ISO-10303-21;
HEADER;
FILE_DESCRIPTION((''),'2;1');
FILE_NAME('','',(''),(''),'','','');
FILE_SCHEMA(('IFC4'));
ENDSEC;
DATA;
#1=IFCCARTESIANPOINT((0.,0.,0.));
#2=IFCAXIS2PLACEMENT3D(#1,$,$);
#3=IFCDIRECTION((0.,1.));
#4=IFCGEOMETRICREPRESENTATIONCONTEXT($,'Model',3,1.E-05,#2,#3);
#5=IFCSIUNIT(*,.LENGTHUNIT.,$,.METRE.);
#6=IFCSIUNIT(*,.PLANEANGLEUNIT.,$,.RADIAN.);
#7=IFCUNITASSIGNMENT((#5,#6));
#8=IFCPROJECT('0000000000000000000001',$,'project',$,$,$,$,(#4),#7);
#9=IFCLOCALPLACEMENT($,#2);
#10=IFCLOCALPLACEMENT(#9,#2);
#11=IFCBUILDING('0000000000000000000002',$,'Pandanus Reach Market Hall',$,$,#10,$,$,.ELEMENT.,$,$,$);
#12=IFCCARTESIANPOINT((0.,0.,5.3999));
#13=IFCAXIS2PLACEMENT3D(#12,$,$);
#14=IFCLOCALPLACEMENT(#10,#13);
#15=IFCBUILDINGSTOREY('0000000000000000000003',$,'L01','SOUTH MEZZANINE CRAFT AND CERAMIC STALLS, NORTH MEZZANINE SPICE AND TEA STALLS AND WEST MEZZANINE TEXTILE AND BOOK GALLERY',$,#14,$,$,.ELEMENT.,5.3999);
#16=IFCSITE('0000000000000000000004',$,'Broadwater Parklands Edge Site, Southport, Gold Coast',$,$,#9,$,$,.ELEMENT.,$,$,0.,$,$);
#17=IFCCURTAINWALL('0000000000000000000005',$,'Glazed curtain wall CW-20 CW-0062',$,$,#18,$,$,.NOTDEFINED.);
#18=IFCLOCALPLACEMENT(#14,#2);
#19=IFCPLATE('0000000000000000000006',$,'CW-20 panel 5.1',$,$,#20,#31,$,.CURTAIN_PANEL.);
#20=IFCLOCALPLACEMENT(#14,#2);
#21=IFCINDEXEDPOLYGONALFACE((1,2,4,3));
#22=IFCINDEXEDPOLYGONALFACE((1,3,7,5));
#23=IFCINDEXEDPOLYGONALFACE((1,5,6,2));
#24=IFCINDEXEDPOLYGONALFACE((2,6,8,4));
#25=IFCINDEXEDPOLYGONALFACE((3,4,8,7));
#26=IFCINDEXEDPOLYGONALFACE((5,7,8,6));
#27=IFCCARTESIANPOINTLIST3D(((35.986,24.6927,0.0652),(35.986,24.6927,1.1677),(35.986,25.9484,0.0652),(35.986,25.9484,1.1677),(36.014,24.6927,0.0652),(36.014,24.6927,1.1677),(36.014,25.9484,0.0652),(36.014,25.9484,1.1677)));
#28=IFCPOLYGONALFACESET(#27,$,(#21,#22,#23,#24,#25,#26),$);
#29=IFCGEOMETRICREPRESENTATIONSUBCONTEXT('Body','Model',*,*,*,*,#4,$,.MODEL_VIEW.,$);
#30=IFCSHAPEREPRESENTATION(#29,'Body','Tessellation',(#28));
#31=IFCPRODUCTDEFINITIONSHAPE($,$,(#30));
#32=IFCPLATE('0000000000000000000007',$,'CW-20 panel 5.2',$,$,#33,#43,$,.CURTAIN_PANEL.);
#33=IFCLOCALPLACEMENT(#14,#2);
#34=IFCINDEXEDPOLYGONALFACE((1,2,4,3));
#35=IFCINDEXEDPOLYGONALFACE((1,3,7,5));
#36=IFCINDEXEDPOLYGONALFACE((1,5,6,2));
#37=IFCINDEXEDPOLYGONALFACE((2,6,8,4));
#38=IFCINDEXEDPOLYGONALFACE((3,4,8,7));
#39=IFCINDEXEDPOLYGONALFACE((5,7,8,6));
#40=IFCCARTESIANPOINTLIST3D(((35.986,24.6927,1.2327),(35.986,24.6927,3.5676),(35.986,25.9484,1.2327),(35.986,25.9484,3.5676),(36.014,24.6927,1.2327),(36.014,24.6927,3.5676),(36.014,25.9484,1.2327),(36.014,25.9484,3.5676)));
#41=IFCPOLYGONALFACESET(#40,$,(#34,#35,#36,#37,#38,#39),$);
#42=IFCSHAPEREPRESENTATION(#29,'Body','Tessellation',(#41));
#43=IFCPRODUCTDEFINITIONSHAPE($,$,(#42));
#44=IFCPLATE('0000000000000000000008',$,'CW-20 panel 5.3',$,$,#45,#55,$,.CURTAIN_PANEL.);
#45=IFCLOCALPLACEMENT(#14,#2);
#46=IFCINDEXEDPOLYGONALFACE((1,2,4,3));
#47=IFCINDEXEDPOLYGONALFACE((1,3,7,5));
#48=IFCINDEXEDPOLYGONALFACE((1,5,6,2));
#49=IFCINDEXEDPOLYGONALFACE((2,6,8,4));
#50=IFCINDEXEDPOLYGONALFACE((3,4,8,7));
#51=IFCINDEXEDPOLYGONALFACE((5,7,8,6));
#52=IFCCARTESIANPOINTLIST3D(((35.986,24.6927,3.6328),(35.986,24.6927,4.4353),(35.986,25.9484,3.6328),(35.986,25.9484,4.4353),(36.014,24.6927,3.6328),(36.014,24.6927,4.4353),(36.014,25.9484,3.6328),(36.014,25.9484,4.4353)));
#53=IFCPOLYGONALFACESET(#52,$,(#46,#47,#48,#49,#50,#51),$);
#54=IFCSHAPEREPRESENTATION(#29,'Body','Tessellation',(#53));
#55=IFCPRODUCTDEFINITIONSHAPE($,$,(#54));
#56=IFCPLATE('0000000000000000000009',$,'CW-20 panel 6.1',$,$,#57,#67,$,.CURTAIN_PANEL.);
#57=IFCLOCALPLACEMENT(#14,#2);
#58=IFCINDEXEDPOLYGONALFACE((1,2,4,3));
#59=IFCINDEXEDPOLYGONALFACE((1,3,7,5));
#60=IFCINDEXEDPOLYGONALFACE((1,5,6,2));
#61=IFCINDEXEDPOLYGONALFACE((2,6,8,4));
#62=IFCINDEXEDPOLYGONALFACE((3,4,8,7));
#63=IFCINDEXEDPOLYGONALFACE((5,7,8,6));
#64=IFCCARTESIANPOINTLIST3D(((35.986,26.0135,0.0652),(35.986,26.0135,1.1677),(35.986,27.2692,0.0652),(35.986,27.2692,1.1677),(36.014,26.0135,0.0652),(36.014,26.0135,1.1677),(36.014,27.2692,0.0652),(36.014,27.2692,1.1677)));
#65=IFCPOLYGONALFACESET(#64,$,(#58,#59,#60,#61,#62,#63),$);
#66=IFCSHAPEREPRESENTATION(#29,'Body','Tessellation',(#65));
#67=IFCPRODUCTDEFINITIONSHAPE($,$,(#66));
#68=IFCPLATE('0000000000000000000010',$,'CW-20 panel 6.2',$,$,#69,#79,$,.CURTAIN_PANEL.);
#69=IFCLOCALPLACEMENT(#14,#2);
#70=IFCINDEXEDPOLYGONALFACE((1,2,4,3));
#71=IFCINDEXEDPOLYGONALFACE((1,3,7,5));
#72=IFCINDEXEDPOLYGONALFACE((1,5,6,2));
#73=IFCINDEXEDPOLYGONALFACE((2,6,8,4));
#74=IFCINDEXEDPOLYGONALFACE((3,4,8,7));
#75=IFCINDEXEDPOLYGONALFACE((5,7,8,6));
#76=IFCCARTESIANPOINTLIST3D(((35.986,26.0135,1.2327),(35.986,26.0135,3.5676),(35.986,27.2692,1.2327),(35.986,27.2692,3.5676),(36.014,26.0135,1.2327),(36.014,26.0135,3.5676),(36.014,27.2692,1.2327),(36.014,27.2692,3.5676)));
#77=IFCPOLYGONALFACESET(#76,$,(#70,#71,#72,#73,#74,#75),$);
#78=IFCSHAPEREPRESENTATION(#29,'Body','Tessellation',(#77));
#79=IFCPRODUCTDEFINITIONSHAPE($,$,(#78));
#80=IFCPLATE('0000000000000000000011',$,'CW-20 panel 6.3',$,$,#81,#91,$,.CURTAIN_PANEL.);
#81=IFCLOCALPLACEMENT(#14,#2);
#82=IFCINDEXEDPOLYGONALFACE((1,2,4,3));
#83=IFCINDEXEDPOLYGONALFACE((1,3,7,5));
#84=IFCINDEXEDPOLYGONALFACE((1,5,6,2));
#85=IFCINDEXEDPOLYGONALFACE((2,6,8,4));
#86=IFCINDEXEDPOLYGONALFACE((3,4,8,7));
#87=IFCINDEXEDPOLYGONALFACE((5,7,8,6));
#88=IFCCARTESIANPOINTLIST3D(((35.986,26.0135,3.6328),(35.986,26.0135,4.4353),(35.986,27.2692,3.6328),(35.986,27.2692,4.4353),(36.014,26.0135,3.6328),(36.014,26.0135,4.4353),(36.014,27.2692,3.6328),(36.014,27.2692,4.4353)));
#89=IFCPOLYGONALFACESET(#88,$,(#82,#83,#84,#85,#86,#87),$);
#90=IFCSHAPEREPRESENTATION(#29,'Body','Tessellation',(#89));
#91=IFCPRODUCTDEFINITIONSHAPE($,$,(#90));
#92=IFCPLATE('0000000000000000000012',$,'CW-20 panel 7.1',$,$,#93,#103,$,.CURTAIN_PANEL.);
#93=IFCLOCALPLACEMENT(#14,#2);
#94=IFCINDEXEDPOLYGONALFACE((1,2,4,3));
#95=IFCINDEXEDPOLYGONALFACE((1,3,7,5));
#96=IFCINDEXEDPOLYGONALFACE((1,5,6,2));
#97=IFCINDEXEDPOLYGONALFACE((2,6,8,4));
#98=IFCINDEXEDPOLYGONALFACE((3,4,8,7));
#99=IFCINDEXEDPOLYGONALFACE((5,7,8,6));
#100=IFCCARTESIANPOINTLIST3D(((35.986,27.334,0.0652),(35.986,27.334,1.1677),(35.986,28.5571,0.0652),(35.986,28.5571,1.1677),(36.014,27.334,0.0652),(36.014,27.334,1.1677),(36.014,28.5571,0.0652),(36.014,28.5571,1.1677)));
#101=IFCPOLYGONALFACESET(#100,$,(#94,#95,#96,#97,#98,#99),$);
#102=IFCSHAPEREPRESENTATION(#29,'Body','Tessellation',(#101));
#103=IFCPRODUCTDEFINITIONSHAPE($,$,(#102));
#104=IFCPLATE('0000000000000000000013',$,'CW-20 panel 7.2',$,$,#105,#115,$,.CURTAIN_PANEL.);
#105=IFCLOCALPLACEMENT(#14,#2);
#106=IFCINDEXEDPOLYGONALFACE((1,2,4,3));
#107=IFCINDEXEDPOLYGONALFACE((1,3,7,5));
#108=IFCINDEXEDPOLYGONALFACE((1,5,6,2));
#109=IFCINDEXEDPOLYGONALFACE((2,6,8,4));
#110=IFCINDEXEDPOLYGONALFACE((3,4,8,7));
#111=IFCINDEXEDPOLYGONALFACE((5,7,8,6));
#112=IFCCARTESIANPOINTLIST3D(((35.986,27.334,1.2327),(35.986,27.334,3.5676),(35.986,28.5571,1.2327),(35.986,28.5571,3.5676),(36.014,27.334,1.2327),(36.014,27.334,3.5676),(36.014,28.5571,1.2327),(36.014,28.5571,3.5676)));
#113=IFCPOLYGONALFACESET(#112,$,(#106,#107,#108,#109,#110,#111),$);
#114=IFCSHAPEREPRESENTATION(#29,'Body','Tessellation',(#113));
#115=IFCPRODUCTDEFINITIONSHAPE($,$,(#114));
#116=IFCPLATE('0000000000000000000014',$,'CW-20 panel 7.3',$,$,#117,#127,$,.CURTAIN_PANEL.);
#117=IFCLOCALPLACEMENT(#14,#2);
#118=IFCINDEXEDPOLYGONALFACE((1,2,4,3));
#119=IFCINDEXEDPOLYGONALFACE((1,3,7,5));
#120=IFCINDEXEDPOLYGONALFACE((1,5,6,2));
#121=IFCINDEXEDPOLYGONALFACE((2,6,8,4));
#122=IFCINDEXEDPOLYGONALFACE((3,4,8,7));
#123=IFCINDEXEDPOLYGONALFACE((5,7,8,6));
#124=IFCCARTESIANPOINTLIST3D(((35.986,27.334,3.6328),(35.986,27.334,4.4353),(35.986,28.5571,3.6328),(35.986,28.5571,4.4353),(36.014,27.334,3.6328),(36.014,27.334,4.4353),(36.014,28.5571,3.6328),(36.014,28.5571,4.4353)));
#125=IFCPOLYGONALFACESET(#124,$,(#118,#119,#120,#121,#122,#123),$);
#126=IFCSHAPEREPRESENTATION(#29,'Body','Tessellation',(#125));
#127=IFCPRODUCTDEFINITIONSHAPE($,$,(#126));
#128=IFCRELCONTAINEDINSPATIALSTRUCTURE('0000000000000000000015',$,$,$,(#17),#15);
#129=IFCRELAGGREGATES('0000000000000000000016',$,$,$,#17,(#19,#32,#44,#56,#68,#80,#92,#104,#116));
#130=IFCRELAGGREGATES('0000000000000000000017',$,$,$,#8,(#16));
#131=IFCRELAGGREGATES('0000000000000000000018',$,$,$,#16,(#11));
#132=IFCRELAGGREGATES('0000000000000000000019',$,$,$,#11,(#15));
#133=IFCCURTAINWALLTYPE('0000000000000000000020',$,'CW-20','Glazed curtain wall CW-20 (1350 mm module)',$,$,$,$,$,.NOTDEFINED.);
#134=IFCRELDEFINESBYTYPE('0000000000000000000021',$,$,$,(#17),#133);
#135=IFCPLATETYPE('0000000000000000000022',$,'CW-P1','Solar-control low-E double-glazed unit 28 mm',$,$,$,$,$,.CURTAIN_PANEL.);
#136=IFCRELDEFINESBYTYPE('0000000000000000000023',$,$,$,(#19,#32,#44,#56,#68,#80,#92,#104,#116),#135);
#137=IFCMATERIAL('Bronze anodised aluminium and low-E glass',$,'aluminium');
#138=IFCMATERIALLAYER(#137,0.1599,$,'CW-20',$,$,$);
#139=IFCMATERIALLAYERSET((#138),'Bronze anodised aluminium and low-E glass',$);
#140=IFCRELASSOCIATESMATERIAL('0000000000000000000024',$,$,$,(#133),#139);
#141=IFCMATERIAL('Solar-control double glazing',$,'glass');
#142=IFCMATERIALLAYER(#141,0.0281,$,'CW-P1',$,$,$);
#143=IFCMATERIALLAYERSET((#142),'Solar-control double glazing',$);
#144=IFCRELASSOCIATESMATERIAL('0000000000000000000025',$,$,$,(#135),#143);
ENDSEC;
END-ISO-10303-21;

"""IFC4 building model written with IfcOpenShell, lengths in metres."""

from ifc_helpers import new_model, si_unit, direction, frame, origin, origin_2d, place, context, subcontext, project, spatial, rectangle, extrude, material, layer, layer_set, type_object, element, aggregate, save


model = new_model("IFC4")

# Units and contexts
model_context = context("Model", 3, precision=1e-05, world=origin(), true_north=direction((0.0, 1.0)))
body_context = subcontext(model_context, "Body", "Model", "MODEL_VIEW")
ifc_project = project(units=[si_unit("LENGTHUNIT", "METRE"), si_unit("PLANEANGLEUNIT", "RADIAN")], contexts=[model_context])

# Site, building, storey
site_placement = place(None, origin())
site = spatial("IfcSite", under=ifc_project, at=site_placement, Name="Broadwater Parklands Edge Site, Southport, Gold Coast", CompositionType="ELEMENT", RefElevation=0.0)
building_placement = place(site_placement, origin())
building = spatial("IfcBuilding", under=site, at=building_placement, Name="Pandanus Reach Market Hall", CompositionType="ELEMENT")
storey_placement = place(building_placement, frame((0.0, 0.0, 5.3999)))
storey = spatial("IfcBuildingStorey", under=building, at=storey_placement, Name="L01", Description="SOUTH MEZZANINE CRAFT AND CERAMIC STALLS, NORTH MEZZANINE SPICE AND TEA STALLS AND WEST MEZZANINE TEXTILE AND BOOK GALLERY", CompositionType="ELEMENT", Elevation=5.3999)

# Curtain wall, plates
ifc_material_1 = material(Name="Bronze anodised aluminium and low-E glass", Category="aluminium")
ifc_layer_1 = layer(ifc_material_1, 0.1599, Name="CW-20")
ifc_layer_set_1 = layer_set([ifc_layer_1], Name="Bronze anodised aluminium and low-E glass")
curtain_wall_type = type_object("IfcCurtainWallType", Name="CW-20", Description="Glazed curtain wall CW-20 (1350 mm module)", PredefinedType="NOTDEFINED", material=ifc_layer_set_1)
curtain_wall_placement = place(storey_placement, origin())
curtain_wall = element("IfcCurtainWall", 1, at=curtain_wall_placement, inside=storey, type_object=curtain_wall_type, Name="Glazed curtain wall CW-20 CW-0062", PredefinedType="NOTDEFINED")
ifc_material_2 = material(Name="Solar-control double glazing", Category="glass")
ifc_layer_2 = layer(ifc_material_2, 0.0281, Name="CW-P1")
ifc_layer_set_2 = layer_set([ifc_layer_2], Name="Solar-control double glazing")
plate_type = type_object("IfcPlateType", Name="CW-P1", Description="Solar-control low-E double-glazed unit 28 mm", PredefinedType="CURTAIN_PANEL", material=ifc_layer_set_2)
plate_1_placement = place(storey_placement, frame((36.0, 25.3206, 0.0652), z_axis=(0.0, 0.0, 1.0), x_axis=(0.0, 1.0, 0.0)))
plate_1 = element("IfcPlate", 2, at=plate_1_placement, type_object=plate_type, Name="CW-20 panel 5.1", PredefinedType="CURTAIN_PANEL", context=body_context, shape_type="SweptSolid", body=[
    extrude(rectangle(XDim=1.2556, YDim=0.0281, at=origin_2d()), origin(), (0.0, 0.0, 1.0), 1.1025),
])
plate_2_placement = place(storey_placement, frame((36.0, 25.3206, 1.2327), z_axis=(0.0, 0.0, 1.0), x_axis=(0.0, 1.0, 0.0)))
plate_2 = element("IfcPlate", 3, at=plate_2_placement, type_object=plate_type, Name="CW-20 panel 5.2", PredefinedType="CURTAIN_PANEL", context=body_context, shape_type="SweptSolid", body=[
    extrude(rectangle(XDim=1.2556, YDim=0.0281, at=origin_2d()), origin(), (0.0, 0.0, 1.0), 2.335),
])
plate_3_placement = place(storey_placement, frame((36.0, 25.3206, 3.6328), z_axis=(0.0, 0.0, 1.0), x_axis=(0.0, 1.0, 0.0)))
plate_3 = element("IfcPlate", 4, at=plate_3_placement, type_object=plate_type, Name="CW-20 panel 5.3", PredefinedType="CURTAIN_PANEL", context=body_context, shape_type="SweptSolid", body=[
    extrude(rectangle(XDim=1.2556, YDim=0.0281, at=origin_2d()), origin(), (0.0, 0.0, 1.0), 0.8025),
])
plate_4_placement = place(storey_placement, frame((36.0, 26.6414, 0.0652), z_axis=(0.0, 0.0, 1.0), x_axis=(0.0, 1.0, 0.0)))
plate_4 = element("IfcPlate", 5, at=plate_4_placement, type_object=plate_type, Name="CW-20 panel 6.1", PredefinedType="CURTAIN_PANEL", context=body_context, shape_type="SweptSolid", body=[
    extrude(rectangle(XDim=1.2556, YDim=0.0281, at=origin_2d()), origin(), (0.0, 0.0, 1.0), 1.1025),
])
plate_5_placement = place(storey_placement, frame((36.0, 26.6414, 1.2327), z_axis=(0.0, 0.0, 1.0), x_axis=(0.0, 1.0, 0.0)))
plate_5 = element("IfcPlate", 6, at=plate_5_placement, type_object=plate_type, Name="CW-20 panel 6.2", PredefinedType="CURTAIN_PANEL", context=body_context, shape_type="SweptSolid", body=[
    extrude(rectangle(XDim=1.2556, YDim=0.0281, at=origin_2d()), origin(), (0.0, 0.0, 1.0), 2.335),
])
plate_6_placement = place(storey_placement, frame((36.0, 26.6414, 3.6328), z_axis=(0.0, 0.0, 1.0), x_axis=(0.0, 1.0, 0.0)))
plate_6 = element("IfcPlate", 7, at=plate_6_placement, type_object=plate_type, Name="CW-20 panel 6.3", PredefinedType="CURTAIN_PANEL", context=body_context, shape_type="SweptSolid", body=[
    extrude(rectangle(XDim=1.2556, YDim=0.0281, at=origin_2d()), origin(), (0.0, 0.0, 1.0), 0.8025),
])
plate_7_placement = place(storey_placement, frame((36.0, 27.9456, 0.0652), z_axis=(0.0, 0.0, 1.0), x_axis=(0.0, 1.0, 0.0)))
plate_7 = element("IfcPlate", 8, at=plate_7_placement, type_object=plate_type, Name="CW-20 panel 7.1", PredefinedType="CURTAIN_PANEL", context=body_context, shape_type="SweptSolid", body=[
    extrude(rectangle(XDim=1.2231, YDim=0.0281, at=origin_2d()), origin(), (0.0, 0.0, 1.0), 1.1025),
])
plate_8_placement = place(storey_placement, frame((36.0, 27.9456, 1.2327), z_axis=(0.0, 0.0, 1.0), x_axis=(0.0, 1.0, 0.0)))
plate_8 = element("IfcPlate", 9, at=plate_8_placement, type_object=plate_type, Name="CW-20 panel 7.2", PredefinedType="CURTAIN_PANEL", context=body_context, shape_type="SweptSolid", body=[
    extrude(rectangle(XDim=1.2231, YDim=0.0281, at=origin_2d()), origin(), (0.0, 0.0, 1.0), 2.335),
])
plate_9_placement = place(storey_placement, frame((36.0, 27.9456, 3.6328), z_axis=(0.0, 0.0, 1.0), x_axis=(0.0, 1.0, 0.0)))
plate_9 = element("IfcPlate", 10, at=plate_9_placement, type_object=plate_type, Name="CW-20 panel 7.3", PredefinedType="CURTAIN_PANEL", context=body_context, shape_type="SweptSolid", body=[
    extrude(rectangle(XDim=1.2231, YDim=0.0281, at=origin_2d()), origin(), (0.0, 0.0, 1.0), 0.8025),
])
aggregate(curtain_wall, [plate_1, plate_2, plate_3, plate_4, plate_5, plate_6, plate_7, plate_8, plate_9])

save(model, "model.ifc")
